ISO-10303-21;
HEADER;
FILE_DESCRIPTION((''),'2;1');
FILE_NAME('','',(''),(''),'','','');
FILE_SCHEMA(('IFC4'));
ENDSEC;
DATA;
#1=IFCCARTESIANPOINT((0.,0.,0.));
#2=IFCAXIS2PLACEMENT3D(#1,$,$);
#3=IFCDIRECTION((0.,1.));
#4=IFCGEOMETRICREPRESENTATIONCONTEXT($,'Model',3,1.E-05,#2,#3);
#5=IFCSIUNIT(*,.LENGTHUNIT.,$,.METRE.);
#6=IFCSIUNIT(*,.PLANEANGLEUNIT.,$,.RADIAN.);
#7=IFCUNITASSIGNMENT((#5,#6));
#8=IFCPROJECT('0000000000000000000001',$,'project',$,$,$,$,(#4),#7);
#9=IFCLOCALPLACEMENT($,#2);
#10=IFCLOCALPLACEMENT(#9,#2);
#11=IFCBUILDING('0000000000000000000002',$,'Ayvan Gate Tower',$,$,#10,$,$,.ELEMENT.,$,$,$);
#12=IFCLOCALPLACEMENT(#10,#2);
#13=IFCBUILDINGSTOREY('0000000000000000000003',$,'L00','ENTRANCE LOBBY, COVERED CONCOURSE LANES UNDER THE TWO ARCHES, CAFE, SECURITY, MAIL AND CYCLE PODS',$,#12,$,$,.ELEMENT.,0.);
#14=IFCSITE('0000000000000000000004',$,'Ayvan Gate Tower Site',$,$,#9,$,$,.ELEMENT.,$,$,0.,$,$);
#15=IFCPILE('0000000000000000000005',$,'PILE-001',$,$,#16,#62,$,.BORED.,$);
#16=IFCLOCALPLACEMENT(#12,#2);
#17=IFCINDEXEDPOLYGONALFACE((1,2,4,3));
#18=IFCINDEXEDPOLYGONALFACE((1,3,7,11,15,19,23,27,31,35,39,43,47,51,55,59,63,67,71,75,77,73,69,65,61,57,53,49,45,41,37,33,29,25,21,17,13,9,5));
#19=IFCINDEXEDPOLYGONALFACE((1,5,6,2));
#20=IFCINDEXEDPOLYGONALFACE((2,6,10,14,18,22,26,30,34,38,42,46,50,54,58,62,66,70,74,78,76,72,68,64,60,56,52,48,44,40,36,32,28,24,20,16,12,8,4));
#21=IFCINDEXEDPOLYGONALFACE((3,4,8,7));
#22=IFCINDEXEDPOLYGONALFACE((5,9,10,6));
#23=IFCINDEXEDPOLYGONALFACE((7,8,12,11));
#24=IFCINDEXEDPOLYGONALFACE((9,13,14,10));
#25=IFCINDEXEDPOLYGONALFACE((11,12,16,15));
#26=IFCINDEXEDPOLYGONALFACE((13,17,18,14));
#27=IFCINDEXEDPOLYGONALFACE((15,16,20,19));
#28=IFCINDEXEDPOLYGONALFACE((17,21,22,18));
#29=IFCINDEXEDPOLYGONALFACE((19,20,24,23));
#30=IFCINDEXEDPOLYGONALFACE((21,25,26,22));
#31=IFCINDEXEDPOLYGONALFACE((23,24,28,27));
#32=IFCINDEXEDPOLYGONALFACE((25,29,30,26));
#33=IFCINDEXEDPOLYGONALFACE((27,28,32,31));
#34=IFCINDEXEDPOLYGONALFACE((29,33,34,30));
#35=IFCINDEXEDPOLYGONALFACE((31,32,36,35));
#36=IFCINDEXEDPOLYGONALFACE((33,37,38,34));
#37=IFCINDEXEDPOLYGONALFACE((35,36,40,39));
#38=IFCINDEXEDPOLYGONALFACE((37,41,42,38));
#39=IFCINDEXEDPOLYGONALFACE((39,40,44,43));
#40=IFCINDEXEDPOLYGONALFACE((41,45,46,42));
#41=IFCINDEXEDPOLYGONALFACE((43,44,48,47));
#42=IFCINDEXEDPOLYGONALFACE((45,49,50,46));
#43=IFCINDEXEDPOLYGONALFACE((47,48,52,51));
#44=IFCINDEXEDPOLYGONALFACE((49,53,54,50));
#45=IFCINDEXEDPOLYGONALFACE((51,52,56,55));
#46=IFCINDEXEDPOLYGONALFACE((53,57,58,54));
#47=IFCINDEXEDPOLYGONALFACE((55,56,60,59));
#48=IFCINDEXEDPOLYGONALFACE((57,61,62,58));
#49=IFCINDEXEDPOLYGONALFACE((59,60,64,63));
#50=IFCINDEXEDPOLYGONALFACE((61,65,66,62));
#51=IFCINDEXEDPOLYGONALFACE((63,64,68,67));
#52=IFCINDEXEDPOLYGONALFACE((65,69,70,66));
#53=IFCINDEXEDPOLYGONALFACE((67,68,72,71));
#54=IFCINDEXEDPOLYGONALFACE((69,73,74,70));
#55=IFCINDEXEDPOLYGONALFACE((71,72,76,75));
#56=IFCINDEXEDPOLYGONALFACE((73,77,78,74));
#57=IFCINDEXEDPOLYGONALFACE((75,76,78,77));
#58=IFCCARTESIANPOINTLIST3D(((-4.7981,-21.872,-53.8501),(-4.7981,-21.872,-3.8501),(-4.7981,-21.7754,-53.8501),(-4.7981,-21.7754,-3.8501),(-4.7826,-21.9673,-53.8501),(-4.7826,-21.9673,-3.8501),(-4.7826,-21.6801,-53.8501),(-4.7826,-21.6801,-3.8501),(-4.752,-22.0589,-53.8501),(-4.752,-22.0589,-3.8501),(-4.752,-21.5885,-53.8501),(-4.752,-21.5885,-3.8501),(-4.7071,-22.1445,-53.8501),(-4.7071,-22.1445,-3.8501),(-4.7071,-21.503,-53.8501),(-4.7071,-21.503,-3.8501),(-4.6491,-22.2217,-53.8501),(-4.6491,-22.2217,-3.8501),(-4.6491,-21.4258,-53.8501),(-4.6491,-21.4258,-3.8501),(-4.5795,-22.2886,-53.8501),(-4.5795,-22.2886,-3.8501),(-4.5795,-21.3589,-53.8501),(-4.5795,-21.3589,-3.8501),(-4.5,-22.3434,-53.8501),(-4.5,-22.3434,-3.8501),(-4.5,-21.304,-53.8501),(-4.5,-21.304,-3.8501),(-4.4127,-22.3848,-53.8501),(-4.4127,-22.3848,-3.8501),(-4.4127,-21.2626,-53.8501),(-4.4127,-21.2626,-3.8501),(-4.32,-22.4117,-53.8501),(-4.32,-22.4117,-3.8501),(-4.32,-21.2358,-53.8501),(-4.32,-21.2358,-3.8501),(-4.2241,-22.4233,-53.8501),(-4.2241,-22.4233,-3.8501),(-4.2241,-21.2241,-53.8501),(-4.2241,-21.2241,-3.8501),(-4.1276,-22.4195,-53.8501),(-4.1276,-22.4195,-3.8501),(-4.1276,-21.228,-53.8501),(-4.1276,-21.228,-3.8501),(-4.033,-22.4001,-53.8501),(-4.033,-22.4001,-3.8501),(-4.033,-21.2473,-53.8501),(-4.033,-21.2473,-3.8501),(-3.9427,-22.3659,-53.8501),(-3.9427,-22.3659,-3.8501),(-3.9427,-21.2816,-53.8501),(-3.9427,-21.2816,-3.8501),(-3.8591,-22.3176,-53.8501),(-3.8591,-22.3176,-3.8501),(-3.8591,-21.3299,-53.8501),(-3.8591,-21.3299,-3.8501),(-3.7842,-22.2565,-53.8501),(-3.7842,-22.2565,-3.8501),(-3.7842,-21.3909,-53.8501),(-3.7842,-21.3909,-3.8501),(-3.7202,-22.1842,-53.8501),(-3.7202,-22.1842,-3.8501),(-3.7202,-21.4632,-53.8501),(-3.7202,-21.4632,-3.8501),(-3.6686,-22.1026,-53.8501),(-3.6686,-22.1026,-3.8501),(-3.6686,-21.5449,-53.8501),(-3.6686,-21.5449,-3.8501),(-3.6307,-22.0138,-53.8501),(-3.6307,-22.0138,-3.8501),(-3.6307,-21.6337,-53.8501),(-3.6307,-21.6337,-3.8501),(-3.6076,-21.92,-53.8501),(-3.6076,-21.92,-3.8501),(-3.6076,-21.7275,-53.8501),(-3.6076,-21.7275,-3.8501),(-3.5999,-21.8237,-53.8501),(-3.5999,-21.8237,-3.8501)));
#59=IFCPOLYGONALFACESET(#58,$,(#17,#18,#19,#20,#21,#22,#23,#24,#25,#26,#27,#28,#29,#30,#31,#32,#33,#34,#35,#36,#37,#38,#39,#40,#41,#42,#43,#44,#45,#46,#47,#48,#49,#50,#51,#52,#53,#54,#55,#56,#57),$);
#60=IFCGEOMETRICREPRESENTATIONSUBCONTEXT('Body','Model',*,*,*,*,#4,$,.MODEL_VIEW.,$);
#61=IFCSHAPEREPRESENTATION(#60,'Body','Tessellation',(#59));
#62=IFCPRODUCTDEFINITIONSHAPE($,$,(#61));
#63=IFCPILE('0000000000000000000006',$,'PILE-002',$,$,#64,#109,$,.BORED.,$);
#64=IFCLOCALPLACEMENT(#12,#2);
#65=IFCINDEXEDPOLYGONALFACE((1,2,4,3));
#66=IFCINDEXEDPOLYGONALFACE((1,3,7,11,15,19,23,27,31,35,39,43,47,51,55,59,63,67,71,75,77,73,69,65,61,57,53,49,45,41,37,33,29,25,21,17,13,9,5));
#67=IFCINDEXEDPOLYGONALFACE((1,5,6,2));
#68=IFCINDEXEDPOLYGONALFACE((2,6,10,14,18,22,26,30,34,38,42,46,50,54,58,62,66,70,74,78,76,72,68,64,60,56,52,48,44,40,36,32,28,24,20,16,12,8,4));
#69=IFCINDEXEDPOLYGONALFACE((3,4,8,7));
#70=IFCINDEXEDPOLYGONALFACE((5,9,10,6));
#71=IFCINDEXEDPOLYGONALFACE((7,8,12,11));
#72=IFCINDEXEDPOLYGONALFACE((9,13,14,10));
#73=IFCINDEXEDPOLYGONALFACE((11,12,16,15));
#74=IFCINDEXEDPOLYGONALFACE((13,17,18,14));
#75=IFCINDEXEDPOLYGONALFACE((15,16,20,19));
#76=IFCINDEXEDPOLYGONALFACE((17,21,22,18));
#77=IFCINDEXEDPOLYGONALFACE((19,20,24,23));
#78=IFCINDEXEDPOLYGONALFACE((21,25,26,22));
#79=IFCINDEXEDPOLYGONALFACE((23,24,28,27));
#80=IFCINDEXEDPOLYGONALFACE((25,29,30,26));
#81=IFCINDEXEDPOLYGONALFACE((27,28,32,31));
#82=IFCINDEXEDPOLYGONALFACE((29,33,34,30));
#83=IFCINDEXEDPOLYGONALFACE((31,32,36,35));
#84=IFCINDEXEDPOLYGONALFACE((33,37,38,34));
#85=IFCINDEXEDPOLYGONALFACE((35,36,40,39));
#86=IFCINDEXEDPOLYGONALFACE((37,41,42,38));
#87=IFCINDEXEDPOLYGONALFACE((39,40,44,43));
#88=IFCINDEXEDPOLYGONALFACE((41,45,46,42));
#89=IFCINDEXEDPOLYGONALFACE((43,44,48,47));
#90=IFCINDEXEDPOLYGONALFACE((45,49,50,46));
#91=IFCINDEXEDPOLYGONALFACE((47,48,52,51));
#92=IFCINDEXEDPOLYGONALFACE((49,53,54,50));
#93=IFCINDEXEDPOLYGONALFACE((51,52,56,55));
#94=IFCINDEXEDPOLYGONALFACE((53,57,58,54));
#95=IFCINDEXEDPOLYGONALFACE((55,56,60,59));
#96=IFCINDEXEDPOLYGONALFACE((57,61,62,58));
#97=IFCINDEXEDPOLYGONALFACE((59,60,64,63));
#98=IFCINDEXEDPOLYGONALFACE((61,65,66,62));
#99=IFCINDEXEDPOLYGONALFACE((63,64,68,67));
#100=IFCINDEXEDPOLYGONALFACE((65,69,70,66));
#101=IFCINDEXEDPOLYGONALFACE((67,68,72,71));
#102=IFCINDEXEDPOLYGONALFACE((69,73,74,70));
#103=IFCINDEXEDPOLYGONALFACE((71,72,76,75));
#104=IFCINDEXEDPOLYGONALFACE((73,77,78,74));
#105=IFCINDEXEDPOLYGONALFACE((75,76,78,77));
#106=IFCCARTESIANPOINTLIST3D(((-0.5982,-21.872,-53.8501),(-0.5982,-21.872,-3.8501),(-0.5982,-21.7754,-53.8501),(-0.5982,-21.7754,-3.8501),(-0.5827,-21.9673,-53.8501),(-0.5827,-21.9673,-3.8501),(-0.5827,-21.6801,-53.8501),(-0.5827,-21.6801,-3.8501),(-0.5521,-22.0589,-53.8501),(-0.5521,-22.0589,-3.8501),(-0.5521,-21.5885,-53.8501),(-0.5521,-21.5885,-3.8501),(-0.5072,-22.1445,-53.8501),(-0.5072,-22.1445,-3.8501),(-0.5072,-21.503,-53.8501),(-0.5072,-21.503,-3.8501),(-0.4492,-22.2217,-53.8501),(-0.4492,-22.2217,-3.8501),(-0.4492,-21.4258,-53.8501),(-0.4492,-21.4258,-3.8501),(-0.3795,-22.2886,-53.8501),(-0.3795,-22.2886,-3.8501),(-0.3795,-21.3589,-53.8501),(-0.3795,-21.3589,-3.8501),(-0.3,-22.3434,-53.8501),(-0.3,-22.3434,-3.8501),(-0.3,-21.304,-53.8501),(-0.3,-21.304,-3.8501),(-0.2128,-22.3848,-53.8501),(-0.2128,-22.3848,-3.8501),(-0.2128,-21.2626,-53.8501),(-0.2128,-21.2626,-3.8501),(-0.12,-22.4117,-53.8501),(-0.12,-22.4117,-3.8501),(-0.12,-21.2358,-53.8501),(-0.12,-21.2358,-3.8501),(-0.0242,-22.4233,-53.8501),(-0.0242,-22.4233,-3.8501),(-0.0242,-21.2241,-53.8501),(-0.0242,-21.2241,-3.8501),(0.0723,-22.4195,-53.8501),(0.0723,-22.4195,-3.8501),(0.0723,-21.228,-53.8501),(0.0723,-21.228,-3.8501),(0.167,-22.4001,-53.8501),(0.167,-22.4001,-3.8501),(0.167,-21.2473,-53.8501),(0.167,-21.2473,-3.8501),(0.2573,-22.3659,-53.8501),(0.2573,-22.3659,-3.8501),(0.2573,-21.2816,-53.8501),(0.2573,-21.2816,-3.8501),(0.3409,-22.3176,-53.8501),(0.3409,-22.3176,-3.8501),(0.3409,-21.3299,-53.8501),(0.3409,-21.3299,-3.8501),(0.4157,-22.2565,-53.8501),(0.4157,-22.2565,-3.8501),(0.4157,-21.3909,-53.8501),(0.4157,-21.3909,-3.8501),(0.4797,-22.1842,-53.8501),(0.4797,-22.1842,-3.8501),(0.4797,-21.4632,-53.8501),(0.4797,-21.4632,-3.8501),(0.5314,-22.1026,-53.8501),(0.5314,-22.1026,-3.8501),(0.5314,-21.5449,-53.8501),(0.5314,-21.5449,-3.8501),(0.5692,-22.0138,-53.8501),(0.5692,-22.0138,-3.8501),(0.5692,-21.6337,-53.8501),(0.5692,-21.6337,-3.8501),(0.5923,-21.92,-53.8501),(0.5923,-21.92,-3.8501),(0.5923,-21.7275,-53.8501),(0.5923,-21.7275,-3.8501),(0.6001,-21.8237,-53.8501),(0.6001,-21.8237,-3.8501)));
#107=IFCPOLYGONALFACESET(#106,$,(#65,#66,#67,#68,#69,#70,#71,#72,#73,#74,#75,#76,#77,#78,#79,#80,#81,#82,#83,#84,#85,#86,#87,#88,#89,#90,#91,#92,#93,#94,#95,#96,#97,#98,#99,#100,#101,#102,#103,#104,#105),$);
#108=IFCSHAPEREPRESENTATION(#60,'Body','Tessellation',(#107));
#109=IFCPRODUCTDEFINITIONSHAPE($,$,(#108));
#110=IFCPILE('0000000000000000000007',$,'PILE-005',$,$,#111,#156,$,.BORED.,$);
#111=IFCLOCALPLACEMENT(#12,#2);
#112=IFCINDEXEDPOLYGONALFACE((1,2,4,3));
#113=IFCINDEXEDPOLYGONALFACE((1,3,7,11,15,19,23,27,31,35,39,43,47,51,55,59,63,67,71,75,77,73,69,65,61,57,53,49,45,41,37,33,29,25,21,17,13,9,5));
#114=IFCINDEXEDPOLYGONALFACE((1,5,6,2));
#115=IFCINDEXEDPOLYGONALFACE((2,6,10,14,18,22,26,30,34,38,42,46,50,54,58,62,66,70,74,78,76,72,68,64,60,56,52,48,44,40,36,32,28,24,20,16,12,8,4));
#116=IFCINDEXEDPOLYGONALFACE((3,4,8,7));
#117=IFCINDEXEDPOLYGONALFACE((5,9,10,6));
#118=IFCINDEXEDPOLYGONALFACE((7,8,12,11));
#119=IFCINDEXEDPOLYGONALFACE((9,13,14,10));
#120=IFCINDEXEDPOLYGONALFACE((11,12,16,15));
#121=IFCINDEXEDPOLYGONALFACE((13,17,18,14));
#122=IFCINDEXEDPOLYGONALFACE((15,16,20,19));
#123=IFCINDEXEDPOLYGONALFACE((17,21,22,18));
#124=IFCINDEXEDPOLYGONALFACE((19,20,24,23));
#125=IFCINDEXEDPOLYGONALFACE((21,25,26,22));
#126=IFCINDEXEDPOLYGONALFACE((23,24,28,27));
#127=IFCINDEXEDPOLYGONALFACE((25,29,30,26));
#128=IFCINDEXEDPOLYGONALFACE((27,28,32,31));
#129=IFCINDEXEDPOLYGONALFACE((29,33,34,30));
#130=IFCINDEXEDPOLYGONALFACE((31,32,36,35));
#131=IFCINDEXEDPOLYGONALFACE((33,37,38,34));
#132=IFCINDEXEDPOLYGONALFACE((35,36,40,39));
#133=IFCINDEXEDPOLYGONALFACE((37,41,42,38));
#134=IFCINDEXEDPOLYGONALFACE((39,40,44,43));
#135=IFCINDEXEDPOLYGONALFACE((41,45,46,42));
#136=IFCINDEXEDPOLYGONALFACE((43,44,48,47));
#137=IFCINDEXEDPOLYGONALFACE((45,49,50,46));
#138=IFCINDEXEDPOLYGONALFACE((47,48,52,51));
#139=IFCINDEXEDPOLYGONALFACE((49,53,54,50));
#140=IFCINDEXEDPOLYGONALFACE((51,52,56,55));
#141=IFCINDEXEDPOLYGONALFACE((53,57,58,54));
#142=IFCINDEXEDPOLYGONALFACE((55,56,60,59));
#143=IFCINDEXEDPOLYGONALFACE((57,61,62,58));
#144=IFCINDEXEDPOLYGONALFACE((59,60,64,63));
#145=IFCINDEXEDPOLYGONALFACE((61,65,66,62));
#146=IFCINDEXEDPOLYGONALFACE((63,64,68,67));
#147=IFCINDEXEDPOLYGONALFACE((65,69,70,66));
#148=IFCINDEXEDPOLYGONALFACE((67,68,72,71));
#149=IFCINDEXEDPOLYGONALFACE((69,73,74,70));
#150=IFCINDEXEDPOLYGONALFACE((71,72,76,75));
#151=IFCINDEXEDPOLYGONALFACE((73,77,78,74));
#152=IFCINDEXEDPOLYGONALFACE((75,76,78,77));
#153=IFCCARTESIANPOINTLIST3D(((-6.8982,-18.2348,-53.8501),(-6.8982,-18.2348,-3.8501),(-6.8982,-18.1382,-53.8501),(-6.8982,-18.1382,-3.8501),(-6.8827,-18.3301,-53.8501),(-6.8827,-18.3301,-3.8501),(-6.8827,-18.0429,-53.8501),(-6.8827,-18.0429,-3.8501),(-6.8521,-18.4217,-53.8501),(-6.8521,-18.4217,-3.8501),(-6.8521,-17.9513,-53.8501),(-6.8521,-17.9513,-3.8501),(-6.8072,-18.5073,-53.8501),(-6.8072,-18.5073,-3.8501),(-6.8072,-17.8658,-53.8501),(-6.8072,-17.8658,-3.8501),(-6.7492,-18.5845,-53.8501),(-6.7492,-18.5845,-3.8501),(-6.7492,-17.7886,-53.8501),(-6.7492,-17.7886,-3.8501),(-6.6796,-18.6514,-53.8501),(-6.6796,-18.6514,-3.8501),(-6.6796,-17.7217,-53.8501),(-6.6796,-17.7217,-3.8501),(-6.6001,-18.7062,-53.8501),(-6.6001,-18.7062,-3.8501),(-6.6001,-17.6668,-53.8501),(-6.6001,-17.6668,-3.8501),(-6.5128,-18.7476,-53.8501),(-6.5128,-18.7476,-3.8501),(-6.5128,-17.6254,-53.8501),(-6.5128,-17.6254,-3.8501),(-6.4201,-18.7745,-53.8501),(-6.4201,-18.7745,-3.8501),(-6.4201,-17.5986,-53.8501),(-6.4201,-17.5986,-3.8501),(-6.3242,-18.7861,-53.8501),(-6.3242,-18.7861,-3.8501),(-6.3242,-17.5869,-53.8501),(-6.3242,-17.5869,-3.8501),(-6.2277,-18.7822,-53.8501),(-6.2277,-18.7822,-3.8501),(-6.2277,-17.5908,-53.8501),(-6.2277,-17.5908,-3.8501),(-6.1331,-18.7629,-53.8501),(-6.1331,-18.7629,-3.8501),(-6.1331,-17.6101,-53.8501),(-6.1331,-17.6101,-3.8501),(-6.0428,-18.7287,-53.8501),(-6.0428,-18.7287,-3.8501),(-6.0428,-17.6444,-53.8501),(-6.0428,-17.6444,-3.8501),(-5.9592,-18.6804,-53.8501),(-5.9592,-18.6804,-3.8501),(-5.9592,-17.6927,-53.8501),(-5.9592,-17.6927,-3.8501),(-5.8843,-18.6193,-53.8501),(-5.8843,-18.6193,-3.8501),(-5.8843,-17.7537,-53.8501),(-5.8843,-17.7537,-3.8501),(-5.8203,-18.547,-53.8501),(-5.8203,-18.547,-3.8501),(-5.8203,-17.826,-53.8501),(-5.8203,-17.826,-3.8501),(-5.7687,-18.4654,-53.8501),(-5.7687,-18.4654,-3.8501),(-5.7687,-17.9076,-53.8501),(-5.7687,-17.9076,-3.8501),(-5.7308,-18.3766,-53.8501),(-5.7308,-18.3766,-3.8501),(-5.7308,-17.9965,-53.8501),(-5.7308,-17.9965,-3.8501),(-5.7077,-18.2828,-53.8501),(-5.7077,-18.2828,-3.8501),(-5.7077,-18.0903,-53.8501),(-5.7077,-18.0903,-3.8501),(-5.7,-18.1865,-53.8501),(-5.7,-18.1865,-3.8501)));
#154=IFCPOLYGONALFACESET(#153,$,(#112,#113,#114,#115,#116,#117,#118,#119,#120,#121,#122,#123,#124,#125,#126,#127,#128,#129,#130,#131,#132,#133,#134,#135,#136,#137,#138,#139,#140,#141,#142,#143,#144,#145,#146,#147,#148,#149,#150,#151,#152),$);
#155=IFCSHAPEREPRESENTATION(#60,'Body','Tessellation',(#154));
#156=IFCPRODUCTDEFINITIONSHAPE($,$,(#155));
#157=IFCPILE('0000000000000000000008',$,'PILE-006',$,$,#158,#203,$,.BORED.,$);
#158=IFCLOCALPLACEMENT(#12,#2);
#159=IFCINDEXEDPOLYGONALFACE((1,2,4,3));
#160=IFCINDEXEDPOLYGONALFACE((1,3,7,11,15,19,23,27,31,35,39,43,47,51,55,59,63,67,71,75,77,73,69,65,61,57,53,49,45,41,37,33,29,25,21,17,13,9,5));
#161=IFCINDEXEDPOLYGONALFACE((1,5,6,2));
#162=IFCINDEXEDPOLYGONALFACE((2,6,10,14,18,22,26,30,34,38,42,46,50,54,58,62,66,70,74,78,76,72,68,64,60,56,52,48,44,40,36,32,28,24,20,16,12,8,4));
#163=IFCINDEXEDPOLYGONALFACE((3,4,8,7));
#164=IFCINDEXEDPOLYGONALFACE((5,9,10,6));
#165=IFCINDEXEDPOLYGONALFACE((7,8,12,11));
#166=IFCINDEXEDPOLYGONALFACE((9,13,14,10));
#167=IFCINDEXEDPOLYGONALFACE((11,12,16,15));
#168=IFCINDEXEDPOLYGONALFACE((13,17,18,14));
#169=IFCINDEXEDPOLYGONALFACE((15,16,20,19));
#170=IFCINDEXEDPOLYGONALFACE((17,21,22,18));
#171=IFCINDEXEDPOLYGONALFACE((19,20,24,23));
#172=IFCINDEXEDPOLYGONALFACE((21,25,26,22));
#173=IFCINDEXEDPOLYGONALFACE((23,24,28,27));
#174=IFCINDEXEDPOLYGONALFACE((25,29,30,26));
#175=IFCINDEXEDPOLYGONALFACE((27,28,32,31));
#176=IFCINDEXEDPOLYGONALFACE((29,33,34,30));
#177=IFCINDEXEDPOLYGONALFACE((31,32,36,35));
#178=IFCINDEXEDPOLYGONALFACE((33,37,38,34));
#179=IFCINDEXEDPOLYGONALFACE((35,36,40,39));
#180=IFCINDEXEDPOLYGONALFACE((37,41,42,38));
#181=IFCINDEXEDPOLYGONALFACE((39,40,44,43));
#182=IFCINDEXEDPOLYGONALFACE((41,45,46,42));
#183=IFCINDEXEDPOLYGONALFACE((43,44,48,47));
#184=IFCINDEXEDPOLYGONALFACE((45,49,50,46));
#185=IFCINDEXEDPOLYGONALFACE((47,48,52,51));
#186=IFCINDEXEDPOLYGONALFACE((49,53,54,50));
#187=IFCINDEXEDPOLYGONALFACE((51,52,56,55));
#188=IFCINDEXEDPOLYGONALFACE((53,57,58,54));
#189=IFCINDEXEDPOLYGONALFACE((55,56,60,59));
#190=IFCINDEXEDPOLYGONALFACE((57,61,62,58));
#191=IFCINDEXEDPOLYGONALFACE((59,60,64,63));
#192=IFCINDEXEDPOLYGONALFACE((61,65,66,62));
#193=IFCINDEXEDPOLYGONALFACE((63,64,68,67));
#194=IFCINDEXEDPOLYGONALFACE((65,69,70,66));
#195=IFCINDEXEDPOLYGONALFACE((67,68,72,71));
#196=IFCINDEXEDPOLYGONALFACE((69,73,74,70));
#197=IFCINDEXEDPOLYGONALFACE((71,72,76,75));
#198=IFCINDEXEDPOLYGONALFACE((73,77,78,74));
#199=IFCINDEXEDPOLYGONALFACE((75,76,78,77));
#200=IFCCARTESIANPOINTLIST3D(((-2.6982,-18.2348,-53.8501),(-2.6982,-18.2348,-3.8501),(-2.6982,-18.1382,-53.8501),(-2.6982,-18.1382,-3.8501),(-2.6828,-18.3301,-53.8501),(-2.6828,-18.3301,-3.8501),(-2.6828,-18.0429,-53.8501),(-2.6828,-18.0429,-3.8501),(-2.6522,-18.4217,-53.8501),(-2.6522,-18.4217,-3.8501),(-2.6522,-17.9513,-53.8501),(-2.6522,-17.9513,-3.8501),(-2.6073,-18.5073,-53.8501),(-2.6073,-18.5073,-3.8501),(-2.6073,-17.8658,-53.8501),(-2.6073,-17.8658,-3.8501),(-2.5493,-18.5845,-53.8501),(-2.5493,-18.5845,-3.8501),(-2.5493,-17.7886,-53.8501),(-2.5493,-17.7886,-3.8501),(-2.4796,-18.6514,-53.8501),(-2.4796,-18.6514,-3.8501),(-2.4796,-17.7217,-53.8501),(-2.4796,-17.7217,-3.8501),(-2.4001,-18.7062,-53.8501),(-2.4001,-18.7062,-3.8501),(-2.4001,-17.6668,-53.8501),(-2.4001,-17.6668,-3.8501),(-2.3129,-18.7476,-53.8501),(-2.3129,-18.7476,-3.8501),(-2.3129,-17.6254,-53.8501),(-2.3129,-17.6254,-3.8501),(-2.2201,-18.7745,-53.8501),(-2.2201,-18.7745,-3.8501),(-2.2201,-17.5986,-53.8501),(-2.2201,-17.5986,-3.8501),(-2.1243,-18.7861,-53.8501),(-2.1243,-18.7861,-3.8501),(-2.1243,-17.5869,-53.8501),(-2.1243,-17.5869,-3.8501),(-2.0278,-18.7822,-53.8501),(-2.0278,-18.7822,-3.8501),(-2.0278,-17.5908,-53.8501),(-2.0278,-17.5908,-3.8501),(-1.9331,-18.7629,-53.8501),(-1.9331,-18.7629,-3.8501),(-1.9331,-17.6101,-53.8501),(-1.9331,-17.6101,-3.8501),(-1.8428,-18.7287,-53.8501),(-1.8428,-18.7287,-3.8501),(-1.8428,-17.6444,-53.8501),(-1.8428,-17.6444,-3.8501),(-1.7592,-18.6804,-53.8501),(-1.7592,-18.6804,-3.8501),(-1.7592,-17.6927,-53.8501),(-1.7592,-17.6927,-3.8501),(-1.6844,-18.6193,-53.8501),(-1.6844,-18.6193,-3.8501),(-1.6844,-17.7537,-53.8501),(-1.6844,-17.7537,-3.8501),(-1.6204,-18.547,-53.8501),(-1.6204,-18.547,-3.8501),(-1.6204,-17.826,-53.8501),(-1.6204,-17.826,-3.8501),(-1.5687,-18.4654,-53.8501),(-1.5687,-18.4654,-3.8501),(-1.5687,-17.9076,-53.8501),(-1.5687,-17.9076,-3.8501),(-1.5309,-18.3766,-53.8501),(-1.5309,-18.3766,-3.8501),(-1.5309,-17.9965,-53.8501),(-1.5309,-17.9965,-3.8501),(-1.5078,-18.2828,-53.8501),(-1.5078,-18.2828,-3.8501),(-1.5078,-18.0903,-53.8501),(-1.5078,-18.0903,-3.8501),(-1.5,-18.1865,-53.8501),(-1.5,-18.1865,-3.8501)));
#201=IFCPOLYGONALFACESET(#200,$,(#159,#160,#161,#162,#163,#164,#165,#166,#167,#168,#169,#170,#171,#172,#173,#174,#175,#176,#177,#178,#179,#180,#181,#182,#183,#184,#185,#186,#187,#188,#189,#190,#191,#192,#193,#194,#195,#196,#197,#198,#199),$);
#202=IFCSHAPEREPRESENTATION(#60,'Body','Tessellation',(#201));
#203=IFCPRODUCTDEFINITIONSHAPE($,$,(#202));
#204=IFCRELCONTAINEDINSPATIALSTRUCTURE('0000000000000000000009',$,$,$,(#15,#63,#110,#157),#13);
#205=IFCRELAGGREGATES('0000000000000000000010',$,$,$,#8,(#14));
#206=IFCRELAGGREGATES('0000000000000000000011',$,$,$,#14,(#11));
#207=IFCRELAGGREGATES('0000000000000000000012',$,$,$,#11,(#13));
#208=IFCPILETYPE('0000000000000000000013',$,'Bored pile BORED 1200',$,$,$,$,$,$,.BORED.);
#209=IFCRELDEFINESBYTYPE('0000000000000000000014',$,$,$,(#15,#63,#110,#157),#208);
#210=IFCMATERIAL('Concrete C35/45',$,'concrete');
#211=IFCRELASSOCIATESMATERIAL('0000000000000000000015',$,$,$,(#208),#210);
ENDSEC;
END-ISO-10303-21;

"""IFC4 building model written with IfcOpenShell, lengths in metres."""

from ifc_helpers import new_model, si_unit, direction, frame, origin, origin_2d, place, context, subcontext, project, spatial, circle, extrude, material, material_profile, profile_set, type_object, element, save


model = new_model("IFC4")

# Units and contexts
model_context = context("Model", 3, precision=1e-05, world=origin(), true_north=direction((0.0, 1.0)))
body_context = subcontext(model_context, "Body", "Model", "MODEL_VIEW")
ifc_project = project(units=[si_unit("LENGTHUNIT", "METRE"), si_unit("PLANEANGLEUNIT", "RADIAN")], contexts=[model_context])

# Site, building, storey
site_placement = place(None, origin())
site = spatial("IfcSite", under=ifc_project, at=site_placement, Name="Ayvan Gate Tower Site", CompositionType="ELEMENT", RefElevation=0.0)
building_placement = place(site_placement, origin())
building = spatial("IfcBuilding", under=site, at=building_placement, Name="Ayvan Gate Tower", CompositionType="ELEMENT")
storey_placement = place(building_placement, origin())
storey = spatial("IfcBuildingStorey", under=building, at=storey_placement, Name="L00", Description="ENTRANCE LOBBY, COVERED CONCOURSE LANES UNDER THE TWO ARCHES, CAFE, SECURITY, MAIL AND CYCLE PODS", CompositionType="ELEMENT", Elevation=0.0)

# Piles
ifc_material_1 = material(Name="Concrete C35/45", Category="concrete")
ifc_material_profile_1 = material_profile(ifc_material_1, circle(Radius=0.6001, at=origin_2d()), Name="BORED 1200")
ifc_profile_set_1 = profile_set([ifc_material_profile_1], Name="Concrete C35/45")
pile_type = type_object("IfcPileType", Name="Bored pile BORED 1200", PredefinedType="BORED", material=ifc_profile_set_1)
for number, where, z_axis, x_axis, name in (
    (1, (-4.2, -21.8237, -3.8501), (0.0, 0.0, -1.0), (1.0, 0.0, 0.0), "PILE-001"),
    (2, (0.0, -21.8237, -3.8501), (0.0, 0.0, -1.0), (1.0, 0.0, 0.0), "PILE-002"),
    (3, (-6.3, -18.1865, -3.8501), (0.0, 0.0, -1.0), (1.0, 0.0, 0.0), "PILE-005"),
    (4, (-2.1001, -18.1865, -3.8501), (0.0, 0.0, -1.0), (1.0, 0.0, 0.0), "PILE-006"),
):
    element("IfcPile", number, at=place(storey_placement, frame(where, z_axis=z_axis, x_axis=x_axis)), inside=storey, type_object=pile_type, Name=name, PredefinedType="BORED", context=body_context, shape_type="SweptSolid", body=[
        extrude(circle(Radius=0.6001, at=origin_2d()), origin(), (0.0, 0.0, 1.0), 50.0),
    ])

save(model, "model.ifc")
